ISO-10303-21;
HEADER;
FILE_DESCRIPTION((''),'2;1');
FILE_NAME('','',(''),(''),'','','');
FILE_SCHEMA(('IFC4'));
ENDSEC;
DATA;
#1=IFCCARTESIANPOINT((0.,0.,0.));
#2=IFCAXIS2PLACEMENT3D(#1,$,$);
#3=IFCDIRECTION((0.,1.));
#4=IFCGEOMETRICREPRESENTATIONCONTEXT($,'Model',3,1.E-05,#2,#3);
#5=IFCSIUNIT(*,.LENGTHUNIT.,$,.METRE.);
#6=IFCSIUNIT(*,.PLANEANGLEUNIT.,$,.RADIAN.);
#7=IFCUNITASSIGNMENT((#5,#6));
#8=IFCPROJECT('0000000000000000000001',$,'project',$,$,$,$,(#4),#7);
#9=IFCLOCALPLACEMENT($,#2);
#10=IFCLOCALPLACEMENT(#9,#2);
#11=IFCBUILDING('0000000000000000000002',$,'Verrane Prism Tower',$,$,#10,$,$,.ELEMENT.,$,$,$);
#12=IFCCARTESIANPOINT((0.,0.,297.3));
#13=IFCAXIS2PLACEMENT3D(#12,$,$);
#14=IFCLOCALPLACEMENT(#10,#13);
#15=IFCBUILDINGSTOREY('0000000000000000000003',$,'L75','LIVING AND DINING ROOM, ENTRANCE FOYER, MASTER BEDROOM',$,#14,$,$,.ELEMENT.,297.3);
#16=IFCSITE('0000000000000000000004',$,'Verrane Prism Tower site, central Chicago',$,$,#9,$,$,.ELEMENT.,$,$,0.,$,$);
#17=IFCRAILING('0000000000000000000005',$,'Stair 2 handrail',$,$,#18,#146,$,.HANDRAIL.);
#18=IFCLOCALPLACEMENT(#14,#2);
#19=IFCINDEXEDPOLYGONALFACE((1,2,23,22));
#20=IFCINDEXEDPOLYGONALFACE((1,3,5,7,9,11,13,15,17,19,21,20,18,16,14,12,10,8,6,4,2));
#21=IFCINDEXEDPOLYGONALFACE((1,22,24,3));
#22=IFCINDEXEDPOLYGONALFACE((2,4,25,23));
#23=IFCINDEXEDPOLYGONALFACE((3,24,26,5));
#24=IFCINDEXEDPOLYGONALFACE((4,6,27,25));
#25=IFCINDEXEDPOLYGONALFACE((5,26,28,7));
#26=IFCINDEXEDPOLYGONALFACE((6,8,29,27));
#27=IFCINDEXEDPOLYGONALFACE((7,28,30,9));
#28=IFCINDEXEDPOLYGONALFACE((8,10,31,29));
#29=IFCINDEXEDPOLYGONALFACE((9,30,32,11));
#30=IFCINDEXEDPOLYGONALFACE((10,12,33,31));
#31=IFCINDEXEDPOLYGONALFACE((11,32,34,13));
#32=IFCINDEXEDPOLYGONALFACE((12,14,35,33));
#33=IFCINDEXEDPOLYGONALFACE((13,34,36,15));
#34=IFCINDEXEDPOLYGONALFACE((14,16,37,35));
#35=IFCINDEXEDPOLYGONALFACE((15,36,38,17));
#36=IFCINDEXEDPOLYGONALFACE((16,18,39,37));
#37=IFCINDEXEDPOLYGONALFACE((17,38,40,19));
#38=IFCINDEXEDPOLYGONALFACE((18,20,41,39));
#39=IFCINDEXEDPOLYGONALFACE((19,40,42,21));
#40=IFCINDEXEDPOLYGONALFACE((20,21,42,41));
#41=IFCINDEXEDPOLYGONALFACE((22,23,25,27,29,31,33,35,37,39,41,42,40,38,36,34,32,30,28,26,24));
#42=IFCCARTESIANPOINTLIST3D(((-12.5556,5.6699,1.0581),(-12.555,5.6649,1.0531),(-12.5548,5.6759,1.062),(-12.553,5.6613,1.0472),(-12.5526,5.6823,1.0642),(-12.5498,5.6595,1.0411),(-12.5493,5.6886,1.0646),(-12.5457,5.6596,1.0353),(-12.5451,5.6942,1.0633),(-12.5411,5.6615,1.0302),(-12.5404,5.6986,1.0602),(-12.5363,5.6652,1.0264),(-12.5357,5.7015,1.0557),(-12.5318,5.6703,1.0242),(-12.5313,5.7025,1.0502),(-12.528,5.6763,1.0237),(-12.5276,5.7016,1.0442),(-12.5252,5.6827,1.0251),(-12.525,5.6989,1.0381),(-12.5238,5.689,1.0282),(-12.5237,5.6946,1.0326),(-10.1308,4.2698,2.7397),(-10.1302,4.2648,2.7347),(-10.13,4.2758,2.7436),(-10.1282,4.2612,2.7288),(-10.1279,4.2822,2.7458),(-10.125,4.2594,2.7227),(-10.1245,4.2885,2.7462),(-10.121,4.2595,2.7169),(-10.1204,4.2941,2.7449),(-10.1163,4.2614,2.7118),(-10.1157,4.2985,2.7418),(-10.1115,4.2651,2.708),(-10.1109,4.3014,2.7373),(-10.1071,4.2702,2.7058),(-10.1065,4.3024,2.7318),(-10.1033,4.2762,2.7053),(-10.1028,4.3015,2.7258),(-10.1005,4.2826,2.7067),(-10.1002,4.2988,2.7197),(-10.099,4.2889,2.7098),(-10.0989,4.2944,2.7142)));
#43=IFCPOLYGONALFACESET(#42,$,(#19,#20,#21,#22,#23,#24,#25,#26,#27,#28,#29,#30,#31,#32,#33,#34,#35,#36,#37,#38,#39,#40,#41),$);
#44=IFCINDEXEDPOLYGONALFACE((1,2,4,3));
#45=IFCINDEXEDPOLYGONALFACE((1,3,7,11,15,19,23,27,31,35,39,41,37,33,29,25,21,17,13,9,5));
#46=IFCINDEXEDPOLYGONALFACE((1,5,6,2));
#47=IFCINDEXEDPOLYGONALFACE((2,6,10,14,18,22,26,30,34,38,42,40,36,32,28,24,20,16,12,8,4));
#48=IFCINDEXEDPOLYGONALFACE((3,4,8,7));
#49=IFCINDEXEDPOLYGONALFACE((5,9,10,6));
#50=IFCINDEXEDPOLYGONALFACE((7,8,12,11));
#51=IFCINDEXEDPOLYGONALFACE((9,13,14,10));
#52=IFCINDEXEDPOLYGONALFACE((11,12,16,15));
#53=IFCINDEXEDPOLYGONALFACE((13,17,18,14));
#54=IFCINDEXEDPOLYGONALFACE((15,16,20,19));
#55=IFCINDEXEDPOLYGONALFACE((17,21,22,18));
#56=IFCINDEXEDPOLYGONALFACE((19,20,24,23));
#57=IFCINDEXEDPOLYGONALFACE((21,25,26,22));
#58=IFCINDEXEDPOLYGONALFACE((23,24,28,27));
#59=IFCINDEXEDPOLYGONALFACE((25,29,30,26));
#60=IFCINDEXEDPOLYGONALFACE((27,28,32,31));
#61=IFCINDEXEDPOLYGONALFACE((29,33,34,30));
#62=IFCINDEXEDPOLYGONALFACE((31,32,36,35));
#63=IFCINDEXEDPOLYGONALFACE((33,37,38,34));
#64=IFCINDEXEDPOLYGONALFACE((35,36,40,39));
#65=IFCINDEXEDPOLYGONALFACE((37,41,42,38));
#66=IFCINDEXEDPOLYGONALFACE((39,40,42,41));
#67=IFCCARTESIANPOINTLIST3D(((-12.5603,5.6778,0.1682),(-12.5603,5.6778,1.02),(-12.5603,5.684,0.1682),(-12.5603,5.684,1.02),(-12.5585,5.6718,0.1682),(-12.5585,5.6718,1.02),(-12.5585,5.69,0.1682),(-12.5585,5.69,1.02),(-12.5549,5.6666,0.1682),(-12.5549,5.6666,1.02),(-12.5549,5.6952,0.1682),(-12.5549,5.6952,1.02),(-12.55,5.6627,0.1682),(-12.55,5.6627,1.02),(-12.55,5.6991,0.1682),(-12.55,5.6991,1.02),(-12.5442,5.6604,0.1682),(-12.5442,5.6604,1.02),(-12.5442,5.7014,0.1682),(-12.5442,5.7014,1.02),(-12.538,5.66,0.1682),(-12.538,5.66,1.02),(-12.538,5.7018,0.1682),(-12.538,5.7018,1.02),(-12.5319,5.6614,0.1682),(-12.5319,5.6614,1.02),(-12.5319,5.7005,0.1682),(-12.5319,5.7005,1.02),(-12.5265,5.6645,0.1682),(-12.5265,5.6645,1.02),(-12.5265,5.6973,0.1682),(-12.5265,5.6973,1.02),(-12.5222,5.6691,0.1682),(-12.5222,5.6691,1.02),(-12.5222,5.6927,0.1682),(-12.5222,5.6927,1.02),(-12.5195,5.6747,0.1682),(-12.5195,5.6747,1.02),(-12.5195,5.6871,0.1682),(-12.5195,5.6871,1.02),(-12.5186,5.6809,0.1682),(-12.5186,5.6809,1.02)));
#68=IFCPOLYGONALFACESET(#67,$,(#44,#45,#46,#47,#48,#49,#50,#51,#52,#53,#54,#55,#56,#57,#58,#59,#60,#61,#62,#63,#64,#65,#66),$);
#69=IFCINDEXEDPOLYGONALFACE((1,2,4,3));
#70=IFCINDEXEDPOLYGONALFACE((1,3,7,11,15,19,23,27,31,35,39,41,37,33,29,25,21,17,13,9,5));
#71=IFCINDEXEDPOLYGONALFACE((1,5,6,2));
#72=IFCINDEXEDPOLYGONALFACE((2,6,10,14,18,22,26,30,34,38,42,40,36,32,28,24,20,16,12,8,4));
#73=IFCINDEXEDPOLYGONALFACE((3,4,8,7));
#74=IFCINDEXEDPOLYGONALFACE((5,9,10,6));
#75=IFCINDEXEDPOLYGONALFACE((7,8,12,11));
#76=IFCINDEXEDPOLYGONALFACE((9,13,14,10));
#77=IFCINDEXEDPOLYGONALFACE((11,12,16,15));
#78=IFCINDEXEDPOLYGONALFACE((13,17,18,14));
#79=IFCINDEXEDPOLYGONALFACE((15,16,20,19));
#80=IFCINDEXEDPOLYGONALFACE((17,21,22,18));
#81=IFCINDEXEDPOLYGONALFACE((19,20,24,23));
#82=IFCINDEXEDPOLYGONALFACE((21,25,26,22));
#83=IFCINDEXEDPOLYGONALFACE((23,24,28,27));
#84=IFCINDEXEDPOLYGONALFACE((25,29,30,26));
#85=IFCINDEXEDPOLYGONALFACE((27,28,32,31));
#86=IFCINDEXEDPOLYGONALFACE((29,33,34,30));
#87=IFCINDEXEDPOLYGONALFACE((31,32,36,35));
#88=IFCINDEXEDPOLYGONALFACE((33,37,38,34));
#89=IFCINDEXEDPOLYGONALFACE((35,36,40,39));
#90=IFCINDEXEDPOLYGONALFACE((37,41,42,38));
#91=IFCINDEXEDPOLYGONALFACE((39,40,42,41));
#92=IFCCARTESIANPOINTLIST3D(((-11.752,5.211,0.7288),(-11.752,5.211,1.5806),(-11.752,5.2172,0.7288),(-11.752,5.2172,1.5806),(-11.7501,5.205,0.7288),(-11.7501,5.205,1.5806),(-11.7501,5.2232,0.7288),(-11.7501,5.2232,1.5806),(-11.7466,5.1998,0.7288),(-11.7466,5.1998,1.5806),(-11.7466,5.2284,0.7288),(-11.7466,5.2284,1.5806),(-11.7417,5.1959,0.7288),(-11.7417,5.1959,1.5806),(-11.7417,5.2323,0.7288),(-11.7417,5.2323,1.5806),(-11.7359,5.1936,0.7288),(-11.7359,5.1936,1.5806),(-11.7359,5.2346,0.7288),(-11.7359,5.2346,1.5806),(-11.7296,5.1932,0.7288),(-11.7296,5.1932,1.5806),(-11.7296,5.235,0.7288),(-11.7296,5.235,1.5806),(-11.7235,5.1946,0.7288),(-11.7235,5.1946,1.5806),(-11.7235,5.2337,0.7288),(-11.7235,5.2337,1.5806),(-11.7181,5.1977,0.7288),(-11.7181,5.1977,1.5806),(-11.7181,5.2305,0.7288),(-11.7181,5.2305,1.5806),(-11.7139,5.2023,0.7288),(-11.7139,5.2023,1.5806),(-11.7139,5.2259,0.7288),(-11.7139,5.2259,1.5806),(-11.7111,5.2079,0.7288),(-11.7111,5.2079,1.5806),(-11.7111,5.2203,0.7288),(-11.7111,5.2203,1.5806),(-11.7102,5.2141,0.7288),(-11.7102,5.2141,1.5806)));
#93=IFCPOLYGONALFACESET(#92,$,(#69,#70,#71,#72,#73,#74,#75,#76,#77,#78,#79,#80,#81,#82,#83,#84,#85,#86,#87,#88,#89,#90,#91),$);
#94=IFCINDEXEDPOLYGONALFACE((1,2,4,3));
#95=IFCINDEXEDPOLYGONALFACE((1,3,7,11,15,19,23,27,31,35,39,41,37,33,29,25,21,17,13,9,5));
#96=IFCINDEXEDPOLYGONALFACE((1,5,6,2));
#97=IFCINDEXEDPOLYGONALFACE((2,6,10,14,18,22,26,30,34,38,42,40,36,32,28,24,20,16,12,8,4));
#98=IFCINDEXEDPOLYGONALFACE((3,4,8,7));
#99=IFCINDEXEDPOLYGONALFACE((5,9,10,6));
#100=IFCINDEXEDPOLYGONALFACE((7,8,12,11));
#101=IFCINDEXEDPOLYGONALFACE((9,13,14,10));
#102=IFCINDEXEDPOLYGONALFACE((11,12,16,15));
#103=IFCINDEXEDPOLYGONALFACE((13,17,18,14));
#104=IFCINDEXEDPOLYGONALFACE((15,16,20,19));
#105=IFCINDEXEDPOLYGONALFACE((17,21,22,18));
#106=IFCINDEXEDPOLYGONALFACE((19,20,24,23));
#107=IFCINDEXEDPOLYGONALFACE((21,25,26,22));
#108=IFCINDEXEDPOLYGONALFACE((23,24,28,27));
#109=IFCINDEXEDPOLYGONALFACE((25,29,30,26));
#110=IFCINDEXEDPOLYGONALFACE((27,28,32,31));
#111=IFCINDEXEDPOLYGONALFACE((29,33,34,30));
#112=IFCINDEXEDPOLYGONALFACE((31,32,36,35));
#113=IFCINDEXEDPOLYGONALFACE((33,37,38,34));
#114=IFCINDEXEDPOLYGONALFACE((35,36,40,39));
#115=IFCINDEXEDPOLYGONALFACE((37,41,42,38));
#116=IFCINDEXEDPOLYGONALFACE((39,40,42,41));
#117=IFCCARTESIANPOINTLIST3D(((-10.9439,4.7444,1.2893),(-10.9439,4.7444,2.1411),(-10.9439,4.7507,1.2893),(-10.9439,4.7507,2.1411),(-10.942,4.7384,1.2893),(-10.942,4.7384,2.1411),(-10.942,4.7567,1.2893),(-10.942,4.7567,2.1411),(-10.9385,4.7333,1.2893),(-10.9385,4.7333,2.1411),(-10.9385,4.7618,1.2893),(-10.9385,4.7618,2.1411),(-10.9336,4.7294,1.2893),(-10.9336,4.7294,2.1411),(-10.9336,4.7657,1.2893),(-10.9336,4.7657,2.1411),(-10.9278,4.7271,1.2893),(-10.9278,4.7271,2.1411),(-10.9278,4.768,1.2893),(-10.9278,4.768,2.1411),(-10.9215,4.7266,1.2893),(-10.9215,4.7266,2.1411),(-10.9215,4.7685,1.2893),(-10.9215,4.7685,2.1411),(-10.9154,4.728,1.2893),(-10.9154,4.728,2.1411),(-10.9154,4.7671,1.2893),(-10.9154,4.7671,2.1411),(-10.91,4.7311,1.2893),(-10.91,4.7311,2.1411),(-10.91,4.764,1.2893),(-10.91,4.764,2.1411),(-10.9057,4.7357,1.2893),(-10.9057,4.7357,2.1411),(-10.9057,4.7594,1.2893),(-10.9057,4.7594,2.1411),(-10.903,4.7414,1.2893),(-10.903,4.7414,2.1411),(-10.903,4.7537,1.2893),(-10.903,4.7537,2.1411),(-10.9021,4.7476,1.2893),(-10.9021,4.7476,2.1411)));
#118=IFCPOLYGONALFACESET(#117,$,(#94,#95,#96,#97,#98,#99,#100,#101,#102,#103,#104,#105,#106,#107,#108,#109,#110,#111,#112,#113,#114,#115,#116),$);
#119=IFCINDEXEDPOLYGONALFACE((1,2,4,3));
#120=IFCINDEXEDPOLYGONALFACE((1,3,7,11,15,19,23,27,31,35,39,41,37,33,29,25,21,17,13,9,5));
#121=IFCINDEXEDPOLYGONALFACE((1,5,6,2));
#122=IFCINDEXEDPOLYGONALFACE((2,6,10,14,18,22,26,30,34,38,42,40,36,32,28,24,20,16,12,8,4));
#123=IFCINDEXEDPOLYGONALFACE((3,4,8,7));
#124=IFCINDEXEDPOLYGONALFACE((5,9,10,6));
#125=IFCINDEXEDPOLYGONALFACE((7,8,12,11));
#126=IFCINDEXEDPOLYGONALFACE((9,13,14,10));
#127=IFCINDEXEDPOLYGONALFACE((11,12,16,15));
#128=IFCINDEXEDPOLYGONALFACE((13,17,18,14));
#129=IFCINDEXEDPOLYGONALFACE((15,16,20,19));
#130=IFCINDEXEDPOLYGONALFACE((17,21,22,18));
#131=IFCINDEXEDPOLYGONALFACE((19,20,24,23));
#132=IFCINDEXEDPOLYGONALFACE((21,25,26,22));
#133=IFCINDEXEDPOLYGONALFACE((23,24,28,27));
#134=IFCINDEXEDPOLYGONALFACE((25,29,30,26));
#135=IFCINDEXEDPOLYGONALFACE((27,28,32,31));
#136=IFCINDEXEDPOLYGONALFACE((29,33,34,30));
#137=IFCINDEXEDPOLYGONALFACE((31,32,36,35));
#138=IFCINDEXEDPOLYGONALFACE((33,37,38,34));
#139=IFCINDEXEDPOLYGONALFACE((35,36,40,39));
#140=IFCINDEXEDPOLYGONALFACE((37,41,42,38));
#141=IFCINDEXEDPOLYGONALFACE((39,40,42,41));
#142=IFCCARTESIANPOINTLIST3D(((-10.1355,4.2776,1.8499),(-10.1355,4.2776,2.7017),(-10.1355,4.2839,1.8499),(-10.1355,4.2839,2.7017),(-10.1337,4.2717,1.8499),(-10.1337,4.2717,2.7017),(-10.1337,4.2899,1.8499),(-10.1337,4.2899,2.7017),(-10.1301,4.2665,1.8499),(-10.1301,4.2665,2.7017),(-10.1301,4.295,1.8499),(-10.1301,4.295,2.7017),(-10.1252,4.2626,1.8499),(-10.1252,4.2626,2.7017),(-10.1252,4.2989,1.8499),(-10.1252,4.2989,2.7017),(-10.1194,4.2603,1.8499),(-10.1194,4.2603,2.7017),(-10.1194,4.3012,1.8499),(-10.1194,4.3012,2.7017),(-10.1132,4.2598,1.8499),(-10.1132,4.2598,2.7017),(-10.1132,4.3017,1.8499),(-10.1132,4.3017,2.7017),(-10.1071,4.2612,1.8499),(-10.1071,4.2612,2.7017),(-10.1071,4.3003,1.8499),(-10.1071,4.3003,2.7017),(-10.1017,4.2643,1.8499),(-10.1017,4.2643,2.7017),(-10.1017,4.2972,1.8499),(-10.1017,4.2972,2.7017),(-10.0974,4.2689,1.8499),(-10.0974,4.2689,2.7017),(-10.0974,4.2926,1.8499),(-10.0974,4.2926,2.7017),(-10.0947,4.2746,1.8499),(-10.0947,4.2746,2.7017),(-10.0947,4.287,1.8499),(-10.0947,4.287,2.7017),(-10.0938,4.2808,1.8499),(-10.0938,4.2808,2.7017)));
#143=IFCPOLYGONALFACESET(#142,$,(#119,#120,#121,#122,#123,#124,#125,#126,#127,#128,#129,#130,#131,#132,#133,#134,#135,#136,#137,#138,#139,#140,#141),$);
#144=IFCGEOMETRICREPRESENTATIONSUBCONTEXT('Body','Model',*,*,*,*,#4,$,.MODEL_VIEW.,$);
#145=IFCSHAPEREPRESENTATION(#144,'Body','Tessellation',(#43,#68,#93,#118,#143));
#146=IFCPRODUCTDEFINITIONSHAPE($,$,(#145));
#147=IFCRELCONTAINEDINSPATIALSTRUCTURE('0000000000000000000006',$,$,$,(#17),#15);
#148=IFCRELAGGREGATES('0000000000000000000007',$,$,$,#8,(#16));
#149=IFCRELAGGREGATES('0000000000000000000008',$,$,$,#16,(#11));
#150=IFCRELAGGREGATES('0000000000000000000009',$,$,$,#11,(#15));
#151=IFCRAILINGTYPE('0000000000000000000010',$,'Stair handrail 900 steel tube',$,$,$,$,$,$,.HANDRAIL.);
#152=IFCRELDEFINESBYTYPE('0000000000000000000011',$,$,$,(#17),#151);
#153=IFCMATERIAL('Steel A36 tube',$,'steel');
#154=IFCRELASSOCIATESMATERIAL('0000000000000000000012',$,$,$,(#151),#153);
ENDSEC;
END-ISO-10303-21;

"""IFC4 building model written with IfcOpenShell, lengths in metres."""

from ifc_helpers import new_model, si_unit, direction, frame, origin, origin_2d, place, context, subcontext, project, spatial, circle, extrude, material, type_object, element, save


model = new_model("IFC4")

# Units and contexts
model_context = context("Model", 3, precision=1e-05, world=origin(), true_north=direction((0.0, 1.0)))
body_context = subcontext(model_context, "Body", "Model", "MODEL_VIEW")
ifc_project = project(units=[si_unit("LENGTHUNIT", "METRE"), si_unit("PLANEANGLEUNIT", "RADIAN")], contexts=[model_context])

# Site, building, storey
site_placement = place(None, origin())
site = spatial("IfcSite", under=ifc_project, at=site_placement, Name="Verrane Prism Tower site, central Chicago", CompositionType="ELEMENT", RefElevation=0.0)
building_placement = place(site_placement, origin())
building = spatial("IfcBuilding", under=site, at=building_placement, Name="Verrane Prism Tower", CompositionType="ELEMENT")
storey_placement = place(building_placement, frame((0.0, 0.0, 297.3)))
storey = spatial("IfcBuildingStorey", under=building, at=storey_placement, Name="L75", Description="LIVING AND DINING ROOM, ENTRANCE FOYER, MASTER BEDROOM", CompositionType="ELEMENT", Elevation=297.3)

# Railing
ifc_material_1 = material(Name="Steel A36 tube", Category="steel")
railing_type = type_object("IfcRailingType", Name="Stair handrail 900 steel tube", PredefinedType="HANDRAIL", material=ifc_material_1)
railing_placement = place(storey_placement, frame((-12.5396, 5.6809, 0.1682)))
element("IfcRailing", 1, at=railing_placement, inside=storey, type_object=railing_type, Name="Stair 2 handrail", PredefinedType="HANDRAIL", context=body_context, shape_type="SweptSolid", body=[
    extrude(circle(Radius=0.0239, at=origin_2d()), frame((0.0, 0.0, 0.876), z_axis=(0.742395, -0.428679, 0.514863), x_axis=(0.50005, 0.865997, 0.0)), (0.0, 0.0, 1.0), 3.2661),
    extrude(circle(Radius=0.021, at=origin_2d()), origin(), (0.0, 0.0, 1.0), 0.8518),
    extrude(circle(Radius=0.021, at=origin_2d()), frame((0.8083, -0.4668, 0.5605)), (0.0, 0.0, 1.0), 0.8518),
    extrude(circle(Radius=0.021, at=origin_2d()), frame((1.6165, -0.9333, 1.1211)), (0.0, 0.0, 1.0), 0.8518),
    extrude(circle(Radius=0.021, at=origin_2d()), frame((2.4248, -1.4001, 1.6816)), (0.0, 0.0, 1.0), 0.8518),
])

save(model, "model.ifc")
